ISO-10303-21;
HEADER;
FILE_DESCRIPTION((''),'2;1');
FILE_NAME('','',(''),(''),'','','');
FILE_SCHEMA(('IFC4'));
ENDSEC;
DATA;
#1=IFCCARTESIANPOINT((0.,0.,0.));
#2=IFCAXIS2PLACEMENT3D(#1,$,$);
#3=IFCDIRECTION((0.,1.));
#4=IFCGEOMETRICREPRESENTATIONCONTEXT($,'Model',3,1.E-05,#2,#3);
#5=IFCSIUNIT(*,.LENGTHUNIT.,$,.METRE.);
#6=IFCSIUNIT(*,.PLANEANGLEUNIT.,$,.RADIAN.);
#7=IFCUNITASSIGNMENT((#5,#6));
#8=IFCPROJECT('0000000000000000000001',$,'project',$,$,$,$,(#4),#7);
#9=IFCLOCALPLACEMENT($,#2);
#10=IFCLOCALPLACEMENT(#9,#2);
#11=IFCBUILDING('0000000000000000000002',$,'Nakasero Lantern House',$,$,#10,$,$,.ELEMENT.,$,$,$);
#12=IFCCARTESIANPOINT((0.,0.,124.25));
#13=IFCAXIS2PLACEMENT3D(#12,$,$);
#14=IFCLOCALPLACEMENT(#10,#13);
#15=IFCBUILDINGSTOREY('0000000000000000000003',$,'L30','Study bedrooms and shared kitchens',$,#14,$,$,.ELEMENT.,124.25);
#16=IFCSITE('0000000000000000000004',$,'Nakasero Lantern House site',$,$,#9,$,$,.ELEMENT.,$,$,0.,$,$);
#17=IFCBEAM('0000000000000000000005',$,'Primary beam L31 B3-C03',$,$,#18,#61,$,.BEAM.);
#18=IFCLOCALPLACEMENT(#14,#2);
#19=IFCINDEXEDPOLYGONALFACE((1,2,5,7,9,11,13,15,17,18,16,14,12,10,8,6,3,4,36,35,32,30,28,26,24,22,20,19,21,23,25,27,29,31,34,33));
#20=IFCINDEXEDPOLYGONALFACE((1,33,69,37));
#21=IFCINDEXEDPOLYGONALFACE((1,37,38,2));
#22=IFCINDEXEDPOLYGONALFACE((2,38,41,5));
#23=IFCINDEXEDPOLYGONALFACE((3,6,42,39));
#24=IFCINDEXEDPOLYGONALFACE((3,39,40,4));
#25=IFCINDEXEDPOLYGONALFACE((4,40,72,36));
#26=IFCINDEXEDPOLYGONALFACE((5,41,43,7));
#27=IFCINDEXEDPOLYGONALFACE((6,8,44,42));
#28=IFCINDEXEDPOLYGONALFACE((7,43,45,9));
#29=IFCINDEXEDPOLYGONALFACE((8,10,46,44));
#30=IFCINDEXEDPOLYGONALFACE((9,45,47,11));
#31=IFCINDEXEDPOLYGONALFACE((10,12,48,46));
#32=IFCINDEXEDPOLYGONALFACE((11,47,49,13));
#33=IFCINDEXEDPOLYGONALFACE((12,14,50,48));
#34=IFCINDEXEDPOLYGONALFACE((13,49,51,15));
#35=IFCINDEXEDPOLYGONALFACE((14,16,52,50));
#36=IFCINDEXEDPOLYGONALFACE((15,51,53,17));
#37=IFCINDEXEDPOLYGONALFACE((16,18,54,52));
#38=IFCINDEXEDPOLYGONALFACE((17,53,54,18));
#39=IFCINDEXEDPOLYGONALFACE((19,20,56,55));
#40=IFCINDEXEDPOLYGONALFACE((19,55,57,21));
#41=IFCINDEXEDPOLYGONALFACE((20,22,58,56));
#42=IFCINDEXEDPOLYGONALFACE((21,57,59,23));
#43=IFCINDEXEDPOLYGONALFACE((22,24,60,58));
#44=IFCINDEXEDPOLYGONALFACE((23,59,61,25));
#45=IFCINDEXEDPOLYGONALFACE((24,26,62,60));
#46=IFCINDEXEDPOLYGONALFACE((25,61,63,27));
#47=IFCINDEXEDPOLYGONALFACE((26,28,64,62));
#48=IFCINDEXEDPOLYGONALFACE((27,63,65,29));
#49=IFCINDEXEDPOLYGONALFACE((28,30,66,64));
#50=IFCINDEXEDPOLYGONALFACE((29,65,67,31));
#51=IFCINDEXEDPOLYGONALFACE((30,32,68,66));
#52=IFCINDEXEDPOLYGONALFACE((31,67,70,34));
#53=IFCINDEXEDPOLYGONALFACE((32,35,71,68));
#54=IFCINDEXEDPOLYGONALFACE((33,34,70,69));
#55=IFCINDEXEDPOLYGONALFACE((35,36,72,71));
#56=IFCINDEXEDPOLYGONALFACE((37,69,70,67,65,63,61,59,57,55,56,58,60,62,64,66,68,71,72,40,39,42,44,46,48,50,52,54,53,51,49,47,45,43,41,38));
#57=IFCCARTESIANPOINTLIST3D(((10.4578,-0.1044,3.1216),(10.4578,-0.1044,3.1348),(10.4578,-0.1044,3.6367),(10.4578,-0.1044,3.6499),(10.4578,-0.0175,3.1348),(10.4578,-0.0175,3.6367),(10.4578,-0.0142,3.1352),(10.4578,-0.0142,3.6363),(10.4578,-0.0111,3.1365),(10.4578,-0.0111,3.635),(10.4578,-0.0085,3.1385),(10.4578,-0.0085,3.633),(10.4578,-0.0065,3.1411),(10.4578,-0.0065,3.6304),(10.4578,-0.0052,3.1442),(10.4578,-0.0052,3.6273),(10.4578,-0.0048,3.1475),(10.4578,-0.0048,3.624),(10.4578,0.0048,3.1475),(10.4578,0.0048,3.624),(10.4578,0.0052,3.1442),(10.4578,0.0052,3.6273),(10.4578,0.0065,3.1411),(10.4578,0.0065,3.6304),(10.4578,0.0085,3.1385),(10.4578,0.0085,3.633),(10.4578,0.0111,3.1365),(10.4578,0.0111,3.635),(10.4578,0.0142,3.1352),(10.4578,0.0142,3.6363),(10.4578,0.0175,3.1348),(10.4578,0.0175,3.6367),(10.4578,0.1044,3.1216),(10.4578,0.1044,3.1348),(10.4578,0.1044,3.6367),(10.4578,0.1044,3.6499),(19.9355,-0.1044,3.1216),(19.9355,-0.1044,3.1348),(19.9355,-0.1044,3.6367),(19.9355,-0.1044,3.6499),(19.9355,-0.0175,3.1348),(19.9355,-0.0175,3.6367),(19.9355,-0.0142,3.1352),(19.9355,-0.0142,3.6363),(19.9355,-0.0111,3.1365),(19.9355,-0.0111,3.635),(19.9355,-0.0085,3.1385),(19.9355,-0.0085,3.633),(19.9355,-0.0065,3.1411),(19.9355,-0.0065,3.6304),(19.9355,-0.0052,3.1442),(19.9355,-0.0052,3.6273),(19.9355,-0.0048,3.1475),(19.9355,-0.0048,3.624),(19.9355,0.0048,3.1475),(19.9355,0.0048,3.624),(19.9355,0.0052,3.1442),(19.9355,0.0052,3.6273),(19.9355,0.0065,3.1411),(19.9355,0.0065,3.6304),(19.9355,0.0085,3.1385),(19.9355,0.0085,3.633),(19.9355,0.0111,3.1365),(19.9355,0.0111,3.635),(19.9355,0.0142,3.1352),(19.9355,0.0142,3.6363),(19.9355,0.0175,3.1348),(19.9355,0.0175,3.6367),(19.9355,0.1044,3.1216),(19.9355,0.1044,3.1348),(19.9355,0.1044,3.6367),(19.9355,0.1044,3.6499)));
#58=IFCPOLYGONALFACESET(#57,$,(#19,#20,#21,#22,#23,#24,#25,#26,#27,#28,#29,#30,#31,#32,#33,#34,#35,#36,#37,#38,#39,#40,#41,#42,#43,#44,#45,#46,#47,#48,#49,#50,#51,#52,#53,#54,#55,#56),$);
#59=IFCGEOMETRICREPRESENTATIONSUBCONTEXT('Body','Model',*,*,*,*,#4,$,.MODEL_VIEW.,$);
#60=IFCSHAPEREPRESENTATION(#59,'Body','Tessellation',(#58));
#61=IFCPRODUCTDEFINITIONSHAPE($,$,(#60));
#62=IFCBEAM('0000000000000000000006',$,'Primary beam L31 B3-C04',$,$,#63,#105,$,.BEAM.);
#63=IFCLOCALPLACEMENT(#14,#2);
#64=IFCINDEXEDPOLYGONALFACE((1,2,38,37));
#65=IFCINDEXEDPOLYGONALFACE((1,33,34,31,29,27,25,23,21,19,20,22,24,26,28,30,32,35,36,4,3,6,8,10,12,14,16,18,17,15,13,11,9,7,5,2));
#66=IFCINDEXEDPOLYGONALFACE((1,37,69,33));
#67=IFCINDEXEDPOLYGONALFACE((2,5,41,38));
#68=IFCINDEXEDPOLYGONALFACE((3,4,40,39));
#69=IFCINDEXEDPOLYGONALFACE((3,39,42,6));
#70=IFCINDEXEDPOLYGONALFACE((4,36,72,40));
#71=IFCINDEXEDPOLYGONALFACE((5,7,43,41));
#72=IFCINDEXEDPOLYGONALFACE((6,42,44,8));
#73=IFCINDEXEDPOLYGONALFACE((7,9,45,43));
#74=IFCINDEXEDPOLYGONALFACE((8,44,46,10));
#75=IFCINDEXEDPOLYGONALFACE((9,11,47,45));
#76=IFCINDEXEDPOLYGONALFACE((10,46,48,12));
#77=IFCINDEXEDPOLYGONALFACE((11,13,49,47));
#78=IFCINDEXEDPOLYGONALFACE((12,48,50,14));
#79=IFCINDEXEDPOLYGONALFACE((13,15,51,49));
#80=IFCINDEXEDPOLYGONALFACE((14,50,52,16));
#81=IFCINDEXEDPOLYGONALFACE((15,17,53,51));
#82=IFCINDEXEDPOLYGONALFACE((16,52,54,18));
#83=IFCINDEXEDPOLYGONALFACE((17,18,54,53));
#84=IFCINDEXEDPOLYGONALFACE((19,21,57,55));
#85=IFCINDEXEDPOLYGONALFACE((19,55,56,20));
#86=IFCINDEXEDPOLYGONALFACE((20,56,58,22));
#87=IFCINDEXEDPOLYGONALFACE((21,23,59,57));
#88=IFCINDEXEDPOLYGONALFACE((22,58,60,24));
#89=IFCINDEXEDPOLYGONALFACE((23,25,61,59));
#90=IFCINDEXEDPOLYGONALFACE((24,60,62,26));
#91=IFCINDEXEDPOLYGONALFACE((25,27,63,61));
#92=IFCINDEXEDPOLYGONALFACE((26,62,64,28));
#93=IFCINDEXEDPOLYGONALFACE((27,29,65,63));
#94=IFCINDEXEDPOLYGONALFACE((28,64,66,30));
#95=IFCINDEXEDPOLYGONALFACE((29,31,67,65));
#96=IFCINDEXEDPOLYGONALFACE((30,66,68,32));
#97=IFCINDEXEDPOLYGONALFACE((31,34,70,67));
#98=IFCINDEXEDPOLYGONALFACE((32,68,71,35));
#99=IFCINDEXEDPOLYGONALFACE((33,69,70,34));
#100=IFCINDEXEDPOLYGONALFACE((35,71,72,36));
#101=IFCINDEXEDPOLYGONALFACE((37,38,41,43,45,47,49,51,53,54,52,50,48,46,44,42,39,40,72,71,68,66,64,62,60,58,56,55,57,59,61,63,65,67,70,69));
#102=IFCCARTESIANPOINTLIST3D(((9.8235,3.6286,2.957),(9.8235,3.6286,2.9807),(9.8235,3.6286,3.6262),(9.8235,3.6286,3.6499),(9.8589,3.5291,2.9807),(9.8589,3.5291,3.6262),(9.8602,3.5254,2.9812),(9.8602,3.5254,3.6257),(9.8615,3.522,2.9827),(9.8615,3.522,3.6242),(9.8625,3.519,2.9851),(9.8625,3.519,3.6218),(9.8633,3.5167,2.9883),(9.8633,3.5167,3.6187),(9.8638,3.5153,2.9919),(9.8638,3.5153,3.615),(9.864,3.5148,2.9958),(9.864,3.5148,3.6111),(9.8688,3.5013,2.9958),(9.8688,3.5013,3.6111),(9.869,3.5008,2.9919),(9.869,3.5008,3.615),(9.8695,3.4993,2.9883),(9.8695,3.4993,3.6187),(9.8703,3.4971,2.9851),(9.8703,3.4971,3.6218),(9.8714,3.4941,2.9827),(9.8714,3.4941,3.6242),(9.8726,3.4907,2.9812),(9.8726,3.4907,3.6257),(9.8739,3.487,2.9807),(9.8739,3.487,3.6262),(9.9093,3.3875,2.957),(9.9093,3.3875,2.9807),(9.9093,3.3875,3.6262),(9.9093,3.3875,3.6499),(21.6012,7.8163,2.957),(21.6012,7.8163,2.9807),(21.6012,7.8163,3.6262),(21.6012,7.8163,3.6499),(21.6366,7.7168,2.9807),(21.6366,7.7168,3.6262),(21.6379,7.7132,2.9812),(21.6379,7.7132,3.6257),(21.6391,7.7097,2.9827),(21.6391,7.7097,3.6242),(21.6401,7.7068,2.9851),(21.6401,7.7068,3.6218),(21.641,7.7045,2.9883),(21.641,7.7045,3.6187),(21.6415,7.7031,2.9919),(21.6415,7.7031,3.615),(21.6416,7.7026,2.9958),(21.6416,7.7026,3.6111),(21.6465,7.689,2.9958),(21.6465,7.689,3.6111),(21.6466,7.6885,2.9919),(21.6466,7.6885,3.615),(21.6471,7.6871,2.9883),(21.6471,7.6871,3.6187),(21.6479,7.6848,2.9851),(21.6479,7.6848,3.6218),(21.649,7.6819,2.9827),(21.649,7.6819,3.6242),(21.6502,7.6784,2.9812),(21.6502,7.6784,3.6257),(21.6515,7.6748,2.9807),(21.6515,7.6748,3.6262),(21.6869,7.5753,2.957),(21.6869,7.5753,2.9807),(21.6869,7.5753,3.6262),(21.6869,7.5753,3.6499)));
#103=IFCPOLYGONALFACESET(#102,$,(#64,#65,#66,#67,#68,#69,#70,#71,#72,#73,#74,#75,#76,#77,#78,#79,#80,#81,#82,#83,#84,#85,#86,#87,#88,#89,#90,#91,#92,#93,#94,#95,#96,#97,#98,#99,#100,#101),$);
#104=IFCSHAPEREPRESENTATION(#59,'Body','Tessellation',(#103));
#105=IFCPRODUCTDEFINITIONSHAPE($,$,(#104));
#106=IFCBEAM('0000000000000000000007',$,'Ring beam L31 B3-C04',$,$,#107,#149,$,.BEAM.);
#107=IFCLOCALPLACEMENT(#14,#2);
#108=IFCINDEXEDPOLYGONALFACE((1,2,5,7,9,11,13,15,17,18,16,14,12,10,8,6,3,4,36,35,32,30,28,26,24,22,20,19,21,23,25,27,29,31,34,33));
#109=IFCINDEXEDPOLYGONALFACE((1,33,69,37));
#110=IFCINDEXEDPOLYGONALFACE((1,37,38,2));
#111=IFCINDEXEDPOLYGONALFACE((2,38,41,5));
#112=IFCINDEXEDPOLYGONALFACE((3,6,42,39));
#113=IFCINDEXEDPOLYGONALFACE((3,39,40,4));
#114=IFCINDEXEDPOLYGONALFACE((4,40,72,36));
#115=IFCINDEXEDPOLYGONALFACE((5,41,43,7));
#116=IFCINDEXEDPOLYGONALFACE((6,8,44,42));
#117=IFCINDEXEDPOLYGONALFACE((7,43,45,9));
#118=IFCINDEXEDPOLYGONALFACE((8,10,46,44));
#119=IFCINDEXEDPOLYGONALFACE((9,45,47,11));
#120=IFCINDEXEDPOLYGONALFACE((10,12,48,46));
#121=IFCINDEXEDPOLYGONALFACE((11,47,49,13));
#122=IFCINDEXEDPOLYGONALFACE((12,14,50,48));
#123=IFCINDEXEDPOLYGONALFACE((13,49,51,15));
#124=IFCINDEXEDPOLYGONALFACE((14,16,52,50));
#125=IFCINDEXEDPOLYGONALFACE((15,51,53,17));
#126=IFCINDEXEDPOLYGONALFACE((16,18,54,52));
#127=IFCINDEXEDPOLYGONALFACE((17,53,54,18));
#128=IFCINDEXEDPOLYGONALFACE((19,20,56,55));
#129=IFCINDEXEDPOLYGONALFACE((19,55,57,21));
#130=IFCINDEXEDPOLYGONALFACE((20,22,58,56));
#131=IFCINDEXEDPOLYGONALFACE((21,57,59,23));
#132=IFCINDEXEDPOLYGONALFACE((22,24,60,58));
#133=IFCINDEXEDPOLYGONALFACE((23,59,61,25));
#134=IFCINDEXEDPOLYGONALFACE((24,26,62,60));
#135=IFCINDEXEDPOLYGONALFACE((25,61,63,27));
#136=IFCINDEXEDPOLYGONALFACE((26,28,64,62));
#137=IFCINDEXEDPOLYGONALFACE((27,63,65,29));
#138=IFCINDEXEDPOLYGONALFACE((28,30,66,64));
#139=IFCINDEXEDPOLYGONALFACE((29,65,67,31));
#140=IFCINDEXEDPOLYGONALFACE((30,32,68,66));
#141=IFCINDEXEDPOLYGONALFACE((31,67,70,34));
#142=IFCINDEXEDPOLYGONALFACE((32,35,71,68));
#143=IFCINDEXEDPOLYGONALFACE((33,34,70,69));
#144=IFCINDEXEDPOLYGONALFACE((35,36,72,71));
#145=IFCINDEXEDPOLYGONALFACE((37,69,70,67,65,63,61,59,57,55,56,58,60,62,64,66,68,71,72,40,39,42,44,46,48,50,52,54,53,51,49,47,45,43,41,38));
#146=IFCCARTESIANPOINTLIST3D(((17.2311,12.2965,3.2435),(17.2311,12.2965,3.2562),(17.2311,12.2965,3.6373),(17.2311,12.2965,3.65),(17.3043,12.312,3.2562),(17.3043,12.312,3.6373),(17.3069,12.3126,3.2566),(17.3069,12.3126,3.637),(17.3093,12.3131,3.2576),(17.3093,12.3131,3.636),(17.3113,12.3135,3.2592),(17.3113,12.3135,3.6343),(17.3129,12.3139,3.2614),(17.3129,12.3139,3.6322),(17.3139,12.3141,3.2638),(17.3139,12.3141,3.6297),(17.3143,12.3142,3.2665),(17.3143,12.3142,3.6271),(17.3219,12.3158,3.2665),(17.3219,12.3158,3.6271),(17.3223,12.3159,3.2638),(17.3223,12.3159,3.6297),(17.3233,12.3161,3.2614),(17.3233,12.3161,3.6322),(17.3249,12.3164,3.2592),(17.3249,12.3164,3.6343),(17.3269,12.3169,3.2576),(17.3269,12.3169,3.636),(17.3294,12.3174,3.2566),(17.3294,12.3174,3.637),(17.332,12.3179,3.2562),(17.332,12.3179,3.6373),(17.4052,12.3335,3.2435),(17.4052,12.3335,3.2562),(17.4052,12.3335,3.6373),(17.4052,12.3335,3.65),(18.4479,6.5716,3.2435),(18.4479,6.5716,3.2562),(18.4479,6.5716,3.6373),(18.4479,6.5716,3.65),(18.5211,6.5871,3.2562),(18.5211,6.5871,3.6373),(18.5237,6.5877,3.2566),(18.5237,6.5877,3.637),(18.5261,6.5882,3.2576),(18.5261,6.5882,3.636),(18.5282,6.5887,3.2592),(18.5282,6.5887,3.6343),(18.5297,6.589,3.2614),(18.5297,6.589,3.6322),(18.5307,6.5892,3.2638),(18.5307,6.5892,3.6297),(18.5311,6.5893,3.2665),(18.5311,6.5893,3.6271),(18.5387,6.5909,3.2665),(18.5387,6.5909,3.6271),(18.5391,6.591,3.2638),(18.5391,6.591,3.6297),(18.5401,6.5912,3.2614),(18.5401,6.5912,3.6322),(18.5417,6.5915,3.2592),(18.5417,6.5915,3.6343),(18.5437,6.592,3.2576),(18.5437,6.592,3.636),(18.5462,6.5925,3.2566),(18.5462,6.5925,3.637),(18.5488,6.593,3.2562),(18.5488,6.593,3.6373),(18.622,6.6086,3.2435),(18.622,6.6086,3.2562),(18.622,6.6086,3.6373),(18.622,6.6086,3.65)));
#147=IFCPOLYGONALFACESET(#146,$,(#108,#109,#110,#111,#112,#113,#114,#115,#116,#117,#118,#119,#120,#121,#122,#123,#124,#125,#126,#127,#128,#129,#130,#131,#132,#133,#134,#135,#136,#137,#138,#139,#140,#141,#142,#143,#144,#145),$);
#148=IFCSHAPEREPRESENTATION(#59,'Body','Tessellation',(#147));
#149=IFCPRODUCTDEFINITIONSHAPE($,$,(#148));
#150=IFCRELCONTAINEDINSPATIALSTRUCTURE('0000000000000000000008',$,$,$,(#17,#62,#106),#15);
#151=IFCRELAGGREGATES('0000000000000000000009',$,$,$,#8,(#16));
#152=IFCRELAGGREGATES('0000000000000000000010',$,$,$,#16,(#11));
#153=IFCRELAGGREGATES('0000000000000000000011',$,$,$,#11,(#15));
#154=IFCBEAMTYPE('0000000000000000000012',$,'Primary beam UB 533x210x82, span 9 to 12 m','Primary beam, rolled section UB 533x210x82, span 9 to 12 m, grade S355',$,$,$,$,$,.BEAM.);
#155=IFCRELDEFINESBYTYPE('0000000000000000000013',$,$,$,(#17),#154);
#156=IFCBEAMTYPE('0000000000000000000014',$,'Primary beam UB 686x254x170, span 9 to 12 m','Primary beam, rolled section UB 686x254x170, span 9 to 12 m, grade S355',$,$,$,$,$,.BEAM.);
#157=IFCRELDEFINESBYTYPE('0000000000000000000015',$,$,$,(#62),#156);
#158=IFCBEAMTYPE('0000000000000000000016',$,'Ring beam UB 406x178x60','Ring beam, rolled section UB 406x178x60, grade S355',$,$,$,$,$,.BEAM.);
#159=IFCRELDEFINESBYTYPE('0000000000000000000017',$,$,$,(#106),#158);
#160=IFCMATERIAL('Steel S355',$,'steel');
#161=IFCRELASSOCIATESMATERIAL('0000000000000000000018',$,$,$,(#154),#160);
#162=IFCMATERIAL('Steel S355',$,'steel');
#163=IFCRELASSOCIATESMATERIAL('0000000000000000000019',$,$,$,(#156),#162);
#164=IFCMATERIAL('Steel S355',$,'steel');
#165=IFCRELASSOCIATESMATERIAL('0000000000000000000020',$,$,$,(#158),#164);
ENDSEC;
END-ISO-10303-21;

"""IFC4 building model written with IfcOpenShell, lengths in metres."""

from ifc_helpers import new_model, si_unit, direction, frame, origin, origin_2d, place, context, subcontext, project, spatial, i_section, extrude, material, material_profile, profile_set, type_object, element, save


model = new_model("IFC4")

# Units and contexts
model_context = context("Model", 3, precision=1e-05, world=origin(), true_north=direction((0.0, 1.0)))
body_context = subcontext(model_context, "Body", "Model", "MODEL_VIEW")
ifc_project = project(units=[si_unit("LENGTHUNIT", "METRE"), si_unit("PLANEANGLEUNIT", "RADIAN")], contexts=[model_context])

# Site, building, storey
site_placement = place(None, origin())
site = spatial("IfcSite", under=ifc_project, at=site_placement, Name="Nakasero Lantern House site", CompositionType="ELEMENT", RefElevation=0.0)
building_placement = place(site_placement, origin())
building = spatial("IfcBuilding", under=site, at=building_placement, Name="Nakasero Lantern House", CompositionType="ELEMENT")
storey_placement = place(building_placement, frame((0.0, 0.0, 124.25)))
storey = spatial("IfcBuildingStorey", under=building, at=storey_placement, Name="L30", Description="Study bedrooms and shared kitchens", CompositionType="ELEMENT", Elevation=124.25)

# Beams
ifc_material_1 = material(Name="Steel S355", Category="steel")
ifc_material_profile_1 = material_profile(ifc_material_1, i_section(OverallWidth=0.2087, OverallDepth=0.5283, WebThickness=0.0095, FlangeThickness=0.0132, FilletRadius=0.0127, at=origin_2d()), Name="UB 533x210x82")
ifc_profile_set_1 = profile_set([ifc_material_profile_1], Name="Steel S355")
beam_type_1 = type_object("IfcBeamType", Name="Primary beam UB 533x210x82, span 9 to 12 m", Description="Primary beam, rolled section UB 533x210x82, span 9 to 12 m, grade S355", PredefinedType="BEAM", material=ifc_profile_set_1)
beam_1_placement = place(storey_placement, frame((19.9355, 0.0, 3.3857), z_axis=(-1.0, 0.0, 0.0), x_axis=(0.0, -1.0, 0.0)))
element("IfcBeam", 1, at=beam_1_placement, inside=storey, type_object=beam_type_1, Name="Primary beam L31 B3-C03", PredefinedType="BEAM", context=body_context, shape_type="SweptSolid", body=[
    extrude(i_section(OverallWidth=0.2087, OverallDepth=0.5283, WebThickness=0.0095, FlangeThickness=0.0132, FilletRadius=0.0127, at=origin_2d()), origin(), (0.0, 0.0, 1.0), 9.4778),
])
ifc_material_2 = material(Name="Steel S355", Category="steel")
ifc_material_profile_2 = material_profile(ifc_material_2, i_section(OverallWidth=0.2559, OverallDepth=0.6929, WebThickness=0.0144, FlangeThickness=0.0237, FilletRadius=0.0151, at=origin_2d()), Name="UB 686x254x170")
ifc_profile_set_2 = profile_set([ifc_material_profile_2], Name="Steel S355")
beam_type_2 = type_object("IfcBeamType", Name="Primary beam UB 686x254x170, span 9 to 12 m", Description="Primary beam, rolled section UB 686x254x170, span 9 to 12 m, grade S355", PredefinedType="BEAM", material=ifc_profile_set_2)
beam_2_placement = place(storey_placement, frame((21.644, 7.6958, 3.3035), z_axis=(-0.942211, -0.335021, 0.0), x_axis=(0.335021, -0.942211, 0.0)))
element("IfcBeam", 2, at=beam_2_placement, inside=storey, type_object=beam_type_2, Name="Primary beam L31 B3-C04", PredefinedType="BEAM", context=body_context, shape_type="SweptSolid", body=[
    extrude(i_section(OverallWidth=0.2559, OverallDepth=0.6929, WebThickness=0.0144, FlangeThickness=0.0237, FilletRadius=0.0151, at=origin_2d()), origin(), (0.0, 0.0, 1.0), 12.5),
])
ifc_material_3 = material(Name="Steel S355", Category="steel")
ifc_material_profile_3 = material_profile(ifc_material_3, i_section(OverallWidth=0.178, OverallDepth=0.4065, WebThickness=0.0078, FlangeThickness=0.0127, FilletRadius=0.0103, at=origin_2d()), Name="UB 406x178x60")
ifc_profile_set_3 = profile_set([ifc_material_profile_3], Name="Steel S355")
beam_type_3 = type_object("IfcBeamType", Name="Ring beam UB 406x178x60", Description="Ring beam, rolled section UB 406x178x60, grade S355", PredefinedType="BEAM", material=ifc_profile_set_3)
beam_3_placement = place(storey_placement, frame((18.5349, 6.5901, 3.4468), z_axis=(-0.207902, 0.97815, 0.0), x_axis=(-0.97815, -0.207902, 0.0)))
element("IfcBeam", 3, at=beam_3_placement, inside=storey, type_object=beam_type_3, Name="Ring beam L31 B3-C04", PredefinedType="BEAM", context=body_context, shape_type="SweptSolid", body=[
    extrude(i_section(OverallWidth=0.178, OverallDepth=0.4065, WebThickness=0.0078, FlangeThickness=0.0127, FilletRadius=0.0103, at=origin_2d()), origin(), (0.0, 0.0, 1.0), 5.8528),
])

save(model, "model.ifc")
